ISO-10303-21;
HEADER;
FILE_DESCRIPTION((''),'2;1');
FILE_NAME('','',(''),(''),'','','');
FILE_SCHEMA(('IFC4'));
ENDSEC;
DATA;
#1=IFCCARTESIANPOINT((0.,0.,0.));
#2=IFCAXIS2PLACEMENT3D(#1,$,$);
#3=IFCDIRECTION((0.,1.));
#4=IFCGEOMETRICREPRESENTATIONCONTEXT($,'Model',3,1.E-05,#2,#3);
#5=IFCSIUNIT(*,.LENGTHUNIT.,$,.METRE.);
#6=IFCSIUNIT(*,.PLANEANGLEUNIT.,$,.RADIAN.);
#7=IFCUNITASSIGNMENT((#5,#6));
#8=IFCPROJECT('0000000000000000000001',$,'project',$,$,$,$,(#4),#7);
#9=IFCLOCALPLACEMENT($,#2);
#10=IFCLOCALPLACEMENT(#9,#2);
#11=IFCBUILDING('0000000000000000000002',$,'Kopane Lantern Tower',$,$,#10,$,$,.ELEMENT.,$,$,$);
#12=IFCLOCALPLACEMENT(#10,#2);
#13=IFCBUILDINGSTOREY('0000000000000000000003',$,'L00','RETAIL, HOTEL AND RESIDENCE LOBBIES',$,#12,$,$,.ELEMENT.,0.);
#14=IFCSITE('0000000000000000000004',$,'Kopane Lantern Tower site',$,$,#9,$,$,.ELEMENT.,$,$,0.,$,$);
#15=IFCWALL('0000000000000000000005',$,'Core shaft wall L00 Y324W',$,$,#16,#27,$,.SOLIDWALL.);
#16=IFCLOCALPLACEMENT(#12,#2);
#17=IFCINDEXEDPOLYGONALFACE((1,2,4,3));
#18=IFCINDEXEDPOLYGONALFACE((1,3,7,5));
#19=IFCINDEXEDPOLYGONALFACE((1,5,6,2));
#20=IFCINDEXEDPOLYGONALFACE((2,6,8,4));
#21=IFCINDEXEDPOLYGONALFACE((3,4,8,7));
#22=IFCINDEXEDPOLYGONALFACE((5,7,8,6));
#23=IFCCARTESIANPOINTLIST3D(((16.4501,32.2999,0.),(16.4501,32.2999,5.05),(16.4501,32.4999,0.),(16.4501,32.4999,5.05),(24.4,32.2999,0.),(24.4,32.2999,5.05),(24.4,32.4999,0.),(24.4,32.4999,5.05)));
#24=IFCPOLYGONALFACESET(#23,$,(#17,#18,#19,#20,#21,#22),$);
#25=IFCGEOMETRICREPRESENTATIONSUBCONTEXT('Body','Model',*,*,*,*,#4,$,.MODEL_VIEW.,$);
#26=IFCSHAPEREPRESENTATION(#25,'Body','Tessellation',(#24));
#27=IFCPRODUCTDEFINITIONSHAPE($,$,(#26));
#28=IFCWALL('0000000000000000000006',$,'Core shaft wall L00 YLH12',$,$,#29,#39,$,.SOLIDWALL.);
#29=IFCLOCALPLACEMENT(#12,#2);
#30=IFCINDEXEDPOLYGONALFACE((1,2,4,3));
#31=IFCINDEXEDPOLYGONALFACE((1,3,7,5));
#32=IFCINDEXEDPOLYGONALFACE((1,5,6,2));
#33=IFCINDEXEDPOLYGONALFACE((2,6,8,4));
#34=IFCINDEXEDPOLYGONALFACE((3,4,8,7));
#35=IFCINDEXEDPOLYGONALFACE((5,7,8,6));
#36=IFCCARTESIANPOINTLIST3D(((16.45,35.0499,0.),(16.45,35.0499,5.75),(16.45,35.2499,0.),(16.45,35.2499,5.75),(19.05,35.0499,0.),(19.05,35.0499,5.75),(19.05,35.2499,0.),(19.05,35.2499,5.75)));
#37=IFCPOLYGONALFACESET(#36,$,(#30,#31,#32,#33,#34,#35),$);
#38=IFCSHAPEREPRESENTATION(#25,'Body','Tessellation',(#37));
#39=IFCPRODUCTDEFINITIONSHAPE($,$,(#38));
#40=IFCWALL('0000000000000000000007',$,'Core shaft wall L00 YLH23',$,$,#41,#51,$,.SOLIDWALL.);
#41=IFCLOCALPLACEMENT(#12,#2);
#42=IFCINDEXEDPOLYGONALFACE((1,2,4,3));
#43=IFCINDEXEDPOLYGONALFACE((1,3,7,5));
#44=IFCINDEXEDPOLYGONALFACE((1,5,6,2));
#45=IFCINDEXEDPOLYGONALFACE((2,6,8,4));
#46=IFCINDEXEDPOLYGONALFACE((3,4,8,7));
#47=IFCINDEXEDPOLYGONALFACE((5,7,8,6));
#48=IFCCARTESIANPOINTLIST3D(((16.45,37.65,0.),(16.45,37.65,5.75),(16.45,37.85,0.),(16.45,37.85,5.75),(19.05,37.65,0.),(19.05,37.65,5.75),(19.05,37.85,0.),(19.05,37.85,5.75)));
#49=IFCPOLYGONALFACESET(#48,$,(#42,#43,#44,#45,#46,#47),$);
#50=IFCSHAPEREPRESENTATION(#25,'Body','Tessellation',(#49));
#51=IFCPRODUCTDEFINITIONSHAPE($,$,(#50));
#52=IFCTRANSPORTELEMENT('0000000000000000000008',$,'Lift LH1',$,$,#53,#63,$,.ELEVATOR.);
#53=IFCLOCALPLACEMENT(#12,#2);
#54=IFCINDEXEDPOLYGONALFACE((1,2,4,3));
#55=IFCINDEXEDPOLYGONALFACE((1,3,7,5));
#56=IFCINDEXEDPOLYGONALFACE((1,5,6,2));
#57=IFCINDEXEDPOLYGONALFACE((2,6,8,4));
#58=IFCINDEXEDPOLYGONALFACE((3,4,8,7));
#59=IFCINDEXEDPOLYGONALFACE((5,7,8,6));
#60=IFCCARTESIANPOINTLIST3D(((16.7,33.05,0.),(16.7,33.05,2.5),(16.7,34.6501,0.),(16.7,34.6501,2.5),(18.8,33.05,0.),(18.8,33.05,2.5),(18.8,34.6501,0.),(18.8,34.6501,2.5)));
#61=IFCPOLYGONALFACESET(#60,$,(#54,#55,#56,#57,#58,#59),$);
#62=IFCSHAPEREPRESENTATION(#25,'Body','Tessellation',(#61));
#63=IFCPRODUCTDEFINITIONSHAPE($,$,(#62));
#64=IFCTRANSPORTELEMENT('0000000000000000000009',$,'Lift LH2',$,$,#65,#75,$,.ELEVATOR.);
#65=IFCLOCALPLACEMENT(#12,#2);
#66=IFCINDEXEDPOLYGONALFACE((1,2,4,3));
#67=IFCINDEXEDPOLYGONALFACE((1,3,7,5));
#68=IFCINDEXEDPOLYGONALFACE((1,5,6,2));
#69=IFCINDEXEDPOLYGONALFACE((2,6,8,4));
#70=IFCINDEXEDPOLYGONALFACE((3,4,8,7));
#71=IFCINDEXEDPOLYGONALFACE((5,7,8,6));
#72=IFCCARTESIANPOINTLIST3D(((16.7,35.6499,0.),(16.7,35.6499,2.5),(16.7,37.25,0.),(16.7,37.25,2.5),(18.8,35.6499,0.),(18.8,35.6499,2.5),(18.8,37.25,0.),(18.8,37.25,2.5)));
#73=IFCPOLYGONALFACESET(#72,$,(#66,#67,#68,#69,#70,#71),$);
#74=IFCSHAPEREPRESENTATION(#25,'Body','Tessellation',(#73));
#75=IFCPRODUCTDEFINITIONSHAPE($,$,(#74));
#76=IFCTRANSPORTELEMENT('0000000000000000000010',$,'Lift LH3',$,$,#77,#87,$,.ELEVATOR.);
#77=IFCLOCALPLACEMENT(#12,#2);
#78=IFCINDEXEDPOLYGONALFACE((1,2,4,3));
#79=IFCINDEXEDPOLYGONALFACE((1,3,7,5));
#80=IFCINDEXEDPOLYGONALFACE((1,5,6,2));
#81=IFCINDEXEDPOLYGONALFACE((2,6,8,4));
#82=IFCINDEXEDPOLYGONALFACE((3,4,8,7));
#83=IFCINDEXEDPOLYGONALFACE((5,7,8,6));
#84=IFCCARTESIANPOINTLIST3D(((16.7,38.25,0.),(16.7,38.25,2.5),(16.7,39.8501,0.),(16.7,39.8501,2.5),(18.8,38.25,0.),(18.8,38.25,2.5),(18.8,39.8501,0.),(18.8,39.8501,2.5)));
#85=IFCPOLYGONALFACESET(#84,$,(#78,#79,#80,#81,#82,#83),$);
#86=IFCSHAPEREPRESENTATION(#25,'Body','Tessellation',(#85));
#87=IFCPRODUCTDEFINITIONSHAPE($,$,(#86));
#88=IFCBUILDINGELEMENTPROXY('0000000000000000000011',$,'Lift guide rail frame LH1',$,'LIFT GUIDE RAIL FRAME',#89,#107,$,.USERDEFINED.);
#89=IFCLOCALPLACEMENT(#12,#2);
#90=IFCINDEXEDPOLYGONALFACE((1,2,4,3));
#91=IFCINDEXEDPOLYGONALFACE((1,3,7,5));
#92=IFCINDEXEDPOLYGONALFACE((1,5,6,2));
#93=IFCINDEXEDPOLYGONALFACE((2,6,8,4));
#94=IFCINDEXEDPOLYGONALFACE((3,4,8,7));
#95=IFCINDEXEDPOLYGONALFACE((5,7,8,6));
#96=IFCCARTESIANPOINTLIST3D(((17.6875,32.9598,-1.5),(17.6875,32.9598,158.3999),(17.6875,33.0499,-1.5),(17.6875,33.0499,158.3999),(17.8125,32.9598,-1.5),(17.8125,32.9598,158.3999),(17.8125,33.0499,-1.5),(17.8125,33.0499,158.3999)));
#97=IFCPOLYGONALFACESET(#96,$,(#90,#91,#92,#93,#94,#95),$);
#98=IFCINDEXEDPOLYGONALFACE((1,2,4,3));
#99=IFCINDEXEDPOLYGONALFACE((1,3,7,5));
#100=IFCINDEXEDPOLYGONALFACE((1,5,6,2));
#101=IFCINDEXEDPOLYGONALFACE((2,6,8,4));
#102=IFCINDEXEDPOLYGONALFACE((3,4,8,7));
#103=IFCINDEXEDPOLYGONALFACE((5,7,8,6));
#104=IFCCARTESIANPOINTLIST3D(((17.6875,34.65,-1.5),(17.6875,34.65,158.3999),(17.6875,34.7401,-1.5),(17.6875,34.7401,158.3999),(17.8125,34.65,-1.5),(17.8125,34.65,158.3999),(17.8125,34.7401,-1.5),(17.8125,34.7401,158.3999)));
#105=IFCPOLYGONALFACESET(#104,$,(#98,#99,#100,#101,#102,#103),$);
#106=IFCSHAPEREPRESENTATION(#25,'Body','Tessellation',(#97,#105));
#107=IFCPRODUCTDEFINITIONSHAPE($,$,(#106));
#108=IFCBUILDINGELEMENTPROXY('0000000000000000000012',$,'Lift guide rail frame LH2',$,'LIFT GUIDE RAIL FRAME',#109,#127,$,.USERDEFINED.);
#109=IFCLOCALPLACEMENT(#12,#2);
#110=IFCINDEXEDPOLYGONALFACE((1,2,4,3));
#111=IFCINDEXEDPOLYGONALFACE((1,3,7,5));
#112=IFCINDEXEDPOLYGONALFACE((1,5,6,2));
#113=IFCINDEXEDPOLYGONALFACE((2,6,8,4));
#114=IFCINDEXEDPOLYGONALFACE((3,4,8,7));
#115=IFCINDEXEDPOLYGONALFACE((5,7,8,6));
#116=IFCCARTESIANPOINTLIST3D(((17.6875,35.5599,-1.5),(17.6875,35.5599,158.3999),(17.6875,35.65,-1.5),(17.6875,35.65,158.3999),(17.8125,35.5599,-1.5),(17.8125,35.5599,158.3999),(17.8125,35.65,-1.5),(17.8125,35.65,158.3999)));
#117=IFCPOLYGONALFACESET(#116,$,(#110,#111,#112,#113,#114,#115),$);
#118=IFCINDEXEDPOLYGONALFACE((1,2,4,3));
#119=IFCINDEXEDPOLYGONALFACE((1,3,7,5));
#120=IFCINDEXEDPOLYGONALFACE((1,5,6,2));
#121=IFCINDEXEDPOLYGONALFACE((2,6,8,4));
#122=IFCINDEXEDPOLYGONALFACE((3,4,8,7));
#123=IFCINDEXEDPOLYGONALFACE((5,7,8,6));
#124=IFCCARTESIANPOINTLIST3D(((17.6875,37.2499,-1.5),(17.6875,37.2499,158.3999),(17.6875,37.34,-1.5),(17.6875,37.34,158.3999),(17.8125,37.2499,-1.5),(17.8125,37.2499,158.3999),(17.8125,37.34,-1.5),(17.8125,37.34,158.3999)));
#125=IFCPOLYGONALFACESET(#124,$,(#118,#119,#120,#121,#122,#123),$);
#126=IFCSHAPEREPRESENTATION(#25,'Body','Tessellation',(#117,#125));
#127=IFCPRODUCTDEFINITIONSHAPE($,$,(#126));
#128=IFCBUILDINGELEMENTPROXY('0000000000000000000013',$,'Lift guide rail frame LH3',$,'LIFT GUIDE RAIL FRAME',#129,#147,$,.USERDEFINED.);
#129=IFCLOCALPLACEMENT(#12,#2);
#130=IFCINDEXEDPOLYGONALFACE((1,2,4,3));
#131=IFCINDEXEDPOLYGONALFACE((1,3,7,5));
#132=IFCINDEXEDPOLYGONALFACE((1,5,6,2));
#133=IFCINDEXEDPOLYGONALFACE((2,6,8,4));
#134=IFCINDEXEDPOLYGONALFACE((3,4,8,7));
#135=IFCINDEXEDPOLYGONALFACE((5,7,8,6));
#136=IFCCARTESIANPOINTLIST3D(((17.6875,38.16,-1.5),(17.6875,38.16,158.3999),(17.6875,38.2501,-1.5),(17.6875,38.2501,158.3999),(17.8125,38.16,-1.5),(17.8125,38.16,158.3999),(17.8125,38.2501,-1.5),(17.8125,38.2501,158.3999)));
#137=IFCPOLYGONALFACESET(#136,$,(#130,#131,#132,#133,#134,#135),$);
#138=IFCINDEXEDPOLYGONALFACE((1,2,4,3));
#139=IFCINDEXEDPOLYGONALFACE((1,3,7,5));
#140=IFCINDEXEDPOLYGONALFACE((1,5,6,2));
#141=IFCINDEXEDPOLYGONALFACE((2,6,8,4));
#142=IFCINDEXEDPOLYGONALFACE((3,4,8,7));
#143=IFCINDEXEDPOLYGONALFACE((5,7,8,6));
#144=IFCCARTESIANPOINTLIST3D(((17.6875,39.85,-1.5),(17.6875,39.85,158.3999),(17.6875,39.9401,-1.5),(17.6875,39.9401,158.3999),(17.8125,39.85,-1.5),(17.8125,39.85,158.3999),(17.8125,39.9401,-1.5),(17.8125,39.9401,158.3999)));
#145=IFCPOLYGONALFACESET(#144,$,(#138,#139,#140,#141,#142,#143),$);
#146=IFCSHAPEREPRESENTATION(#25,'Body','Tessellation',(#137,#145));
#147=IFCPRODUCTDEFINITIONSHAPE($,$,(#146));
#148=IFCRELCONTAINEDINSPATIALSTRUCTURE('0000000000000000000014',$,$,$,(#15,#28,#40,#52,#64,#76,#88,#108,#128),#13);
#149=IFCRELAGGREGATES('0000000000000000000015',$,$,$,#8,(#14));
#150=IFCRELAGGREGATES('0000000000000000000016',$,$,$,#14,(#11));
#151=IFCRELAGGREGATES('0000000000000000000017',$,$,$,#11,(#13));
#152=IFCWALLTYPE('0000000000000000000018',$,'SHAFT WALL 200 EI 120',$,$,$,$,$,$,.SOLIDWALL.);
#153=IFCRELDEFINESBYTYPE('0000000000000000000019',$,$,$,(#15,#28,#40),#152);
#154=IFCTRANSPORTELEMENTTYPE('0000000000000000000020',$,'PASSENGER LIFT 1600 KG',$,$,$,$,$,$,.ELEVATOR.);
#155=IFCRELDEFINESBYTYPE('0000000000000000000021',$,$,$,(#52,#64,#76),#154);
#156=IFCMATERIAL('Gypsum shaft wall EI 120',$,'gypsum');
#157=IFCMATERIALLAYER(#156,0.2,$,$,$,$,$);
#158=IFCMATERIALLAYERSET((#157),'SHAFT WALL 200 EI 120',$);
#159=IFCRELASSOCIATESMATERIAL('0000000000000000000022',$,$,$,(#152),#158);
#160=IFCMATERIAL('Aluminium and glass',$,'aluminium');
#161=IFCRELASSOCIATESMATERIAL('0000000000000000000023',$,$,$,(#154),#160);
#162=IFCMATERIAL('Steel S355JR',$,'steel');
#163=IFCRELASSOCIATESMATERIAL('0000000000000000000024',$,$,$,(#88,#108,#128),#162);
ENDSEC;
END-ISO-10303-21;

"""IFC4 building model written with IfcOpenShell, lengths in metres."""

from ifc_helpers import new_model, si_unit, direction, frame, frame_2d, origin, origin_2d, place, context, subcontext, project, spatial, rectangle, extrude, material, layer, layer_set, type_object, element, save


model = new_model("IFC4")

# Units and contexts
model_context = context("Model", 3, precision=1e-05, world=origin(), true_north=direction((0.0, 1.0)))
body_context = subcontext(model_context, "Body", "Model", "MODEL_VIEW")
ifc_project = project(units=[si_unit("LENGTHUNIT", "METRE"), si_unit("PLANEANGLEUNIT", "RADIAN")], contexts=[model_context])

# Site, building, storey
site_placement = place(None, origin())
site = spatial("IfcSite", under=ifc_project, at=site_placement, Name="Kopane Lantern Tower site", CompositionType="ELEMENT", RefElevation=0.0)
building_placement = place(site_placement, origin())
building = spatial("IfcBuilding", under=site, at=building_placement, Name="Kopane Lantern Tower", CompositionType="ELEMENT")
storey_placement = place(building_placement, origin())
storey = spatial("IfcBuildingStorey", under=building, at=storey_placement, Name="L00", Description="RETAIL, HOTEL AND RESIDENCE LOBBIES", CompositionType="ELEMENT", Elevation=0.0)

# Walls
ifc_material_1 = material(Name="Gypsum shaft wall EI 120", Category="gypsum")
ifc_layer_1 = layer(ifc_material_1, 0.2)
ifc_layer_set_1 = layer_set([ifc_layer_1], Name="SHAFT WALL 200 EI 120")
wall_type_1 = type_object("IfcWallType", Name="SHAFT WALL 200 EI 120", PredefinedType="SOLIDWALL", material=ifc_layer_set_1)
wall_1_placement = place(storey_placement, frame((16.45, 32.3999, 0.0), z_axis=(0.0, 0.0, 1.0), x_axis=(1.0, 0.0, 0.0)))
element("IfcWall", 1, at=wall_1_placement, inside=storey, type_object=wall_type_1, Name="Core shaft wall L00 Y324W", PredefinedType="SOLIDWALL", context=body_context, shape_type="SweptSolid", body=[
    extrude(rectangle(XDim=7.95, YDim=0.2, at=frame_2d((3.9751, 0.0))), origin(), (0.0, 0.0, 1.0), 5.05),
])
for number, where, z_axis, x_axis, name in (
    (2, (16.45, 35.1499, 0.0), (0.0, 0.0, 1.0), (1.0, 0.0, 0.0), "Core shaft wall L00 YLH12"),
    (3, (16.45, 37.75, 0.0), (0.0, 0.0, 1.0), (1.0, 0.0, 0.0), "Core shaft wall L00 YLH23"),
):
    element("IfcWall", number, at=place(storey_placement, frame(where, z_axis=z_axis, x_axis=x_axis)), inside=storey, type_object=wall_type_1, Name=name, PredefinedType="SOLIDWALL", context=body_context, shape_type="SweptSolid", body=[
        extrude(rectangle(XDim=2.6001, YDim=0.2, at=frame_2d((1.3, 0.0))), origin(), (0.0, 0.0, 1.0), 5.75),
    ])

# Transport elements
ifc_material_2 = material(Name="Aluminium and glass", Category="aluminium")
transport_element_type = type_object("IfcTransportElementType", Name="PASSENGER LIFT 1600 KG", PredefinedType="ELEVATOR", material=ifc_material_2)
for number, where, z_axis, x_axis, name in (
    (4, (17.75, 33.8501, 0.0), (0.0, 0.0, 1.0), (1.0, 0.0, 0.0), "Lift LH1"),
    (5, (17.75, 36.45, 0.0), (0.0, 0.0, 1.0), (1.0, 0.0, 0.0), "Lift LH2"),
    (6, (17.75, 39.05, 0.0), (0.0, 0.0, 1.0), (1.0, 0.0, 0.0), "Lift LH3"),
):
    element("IfcTransportElement", number, at=place(storey_placement, frame(where, z_axis=z_axis, x_axis=x_axis)), inside=storey, type_object=transport_element_type, Name=name, PredefinedType="ELEVATOR", context=body_context, shape_type="SweptSolid", body=[
        extrude(rectangle(XDim=2.1001, YDim=1.6001, at=origin_2d()), origin(), (0.0, 0.0, 1.0), 2.5),
    ])

# Building element proxies
ifc_material_3 = material(Name="Steel S355JR", Category="steel")
proxy_placement = place(storey_placement, frame((17.75, 33.8501, -1.5), z_axis=(0.0, 0.0, 1.0), x_axis=(1.0, 0.0, 0.0)))
element("IfcBuildingElementProxy", 7, at=proxy_placement, inside=storey, material=ifc_material_3, Name="Lift guide rail frame LH1", ObjectType="LIFT GUIDE RAIL FRAME", PredefinedType="USERDEFINED", context=body_context, shape_type="SweptSolid", body=[
    extrude(rectangle(XDim=0.125, YDim=0.0901, at=origin_2d()), frame((0.0, -0.8452, 0.0)), (0.0, 0.0, 1.0), 159.8999),
    extrude(rectangle(XDim=0.125, YDim=0.0901, at=origin_2d()), frame((0.0, 0.845, 0.0)), (0.0, 0.0, 1.0), 159.8999),
])
for number, where, z_axis, x_axis, name in (
    (8, (17.75, 36.45, -1.5), (0.0, 0.0, 1.0), (1.0, 0.0, 0.0), "Lift guide rail frame LH2"),
    (9, (17.75, 39.05, -1.5), (0.0, 0.0, 1.0), (1.0, 0.0, 0.0), "Lift guide rail frame LH3"),
):
    element("IfcBuildingElementProxy", number, at=place(storey_placement, frame(where, z_axis=z_axis, x_axis=x_axis)), inside=storey, material=ifc_material_3, Name=name, ObjectType="LIFT GUIDE RAIL FRAME", PredefinedType="USERDEFINED", context=body_context, shape_type="SweptSolid", body=[
        extrude(rectangle(XDim=0.125, YDim=0.0901, at=origin_2d()), frame((0.0, -0.845, 0.0)), (0.0, 0.0, 1.0), 159.8999),
        extrude(rectangle(XDim=0.125, YDim=0.0901, at=origin_2d()), frame((0.0, 0.845, 0.0)), (0.0, 0.0, 1.0), 159.8999),
    ])

save(model, "model.ifc")
